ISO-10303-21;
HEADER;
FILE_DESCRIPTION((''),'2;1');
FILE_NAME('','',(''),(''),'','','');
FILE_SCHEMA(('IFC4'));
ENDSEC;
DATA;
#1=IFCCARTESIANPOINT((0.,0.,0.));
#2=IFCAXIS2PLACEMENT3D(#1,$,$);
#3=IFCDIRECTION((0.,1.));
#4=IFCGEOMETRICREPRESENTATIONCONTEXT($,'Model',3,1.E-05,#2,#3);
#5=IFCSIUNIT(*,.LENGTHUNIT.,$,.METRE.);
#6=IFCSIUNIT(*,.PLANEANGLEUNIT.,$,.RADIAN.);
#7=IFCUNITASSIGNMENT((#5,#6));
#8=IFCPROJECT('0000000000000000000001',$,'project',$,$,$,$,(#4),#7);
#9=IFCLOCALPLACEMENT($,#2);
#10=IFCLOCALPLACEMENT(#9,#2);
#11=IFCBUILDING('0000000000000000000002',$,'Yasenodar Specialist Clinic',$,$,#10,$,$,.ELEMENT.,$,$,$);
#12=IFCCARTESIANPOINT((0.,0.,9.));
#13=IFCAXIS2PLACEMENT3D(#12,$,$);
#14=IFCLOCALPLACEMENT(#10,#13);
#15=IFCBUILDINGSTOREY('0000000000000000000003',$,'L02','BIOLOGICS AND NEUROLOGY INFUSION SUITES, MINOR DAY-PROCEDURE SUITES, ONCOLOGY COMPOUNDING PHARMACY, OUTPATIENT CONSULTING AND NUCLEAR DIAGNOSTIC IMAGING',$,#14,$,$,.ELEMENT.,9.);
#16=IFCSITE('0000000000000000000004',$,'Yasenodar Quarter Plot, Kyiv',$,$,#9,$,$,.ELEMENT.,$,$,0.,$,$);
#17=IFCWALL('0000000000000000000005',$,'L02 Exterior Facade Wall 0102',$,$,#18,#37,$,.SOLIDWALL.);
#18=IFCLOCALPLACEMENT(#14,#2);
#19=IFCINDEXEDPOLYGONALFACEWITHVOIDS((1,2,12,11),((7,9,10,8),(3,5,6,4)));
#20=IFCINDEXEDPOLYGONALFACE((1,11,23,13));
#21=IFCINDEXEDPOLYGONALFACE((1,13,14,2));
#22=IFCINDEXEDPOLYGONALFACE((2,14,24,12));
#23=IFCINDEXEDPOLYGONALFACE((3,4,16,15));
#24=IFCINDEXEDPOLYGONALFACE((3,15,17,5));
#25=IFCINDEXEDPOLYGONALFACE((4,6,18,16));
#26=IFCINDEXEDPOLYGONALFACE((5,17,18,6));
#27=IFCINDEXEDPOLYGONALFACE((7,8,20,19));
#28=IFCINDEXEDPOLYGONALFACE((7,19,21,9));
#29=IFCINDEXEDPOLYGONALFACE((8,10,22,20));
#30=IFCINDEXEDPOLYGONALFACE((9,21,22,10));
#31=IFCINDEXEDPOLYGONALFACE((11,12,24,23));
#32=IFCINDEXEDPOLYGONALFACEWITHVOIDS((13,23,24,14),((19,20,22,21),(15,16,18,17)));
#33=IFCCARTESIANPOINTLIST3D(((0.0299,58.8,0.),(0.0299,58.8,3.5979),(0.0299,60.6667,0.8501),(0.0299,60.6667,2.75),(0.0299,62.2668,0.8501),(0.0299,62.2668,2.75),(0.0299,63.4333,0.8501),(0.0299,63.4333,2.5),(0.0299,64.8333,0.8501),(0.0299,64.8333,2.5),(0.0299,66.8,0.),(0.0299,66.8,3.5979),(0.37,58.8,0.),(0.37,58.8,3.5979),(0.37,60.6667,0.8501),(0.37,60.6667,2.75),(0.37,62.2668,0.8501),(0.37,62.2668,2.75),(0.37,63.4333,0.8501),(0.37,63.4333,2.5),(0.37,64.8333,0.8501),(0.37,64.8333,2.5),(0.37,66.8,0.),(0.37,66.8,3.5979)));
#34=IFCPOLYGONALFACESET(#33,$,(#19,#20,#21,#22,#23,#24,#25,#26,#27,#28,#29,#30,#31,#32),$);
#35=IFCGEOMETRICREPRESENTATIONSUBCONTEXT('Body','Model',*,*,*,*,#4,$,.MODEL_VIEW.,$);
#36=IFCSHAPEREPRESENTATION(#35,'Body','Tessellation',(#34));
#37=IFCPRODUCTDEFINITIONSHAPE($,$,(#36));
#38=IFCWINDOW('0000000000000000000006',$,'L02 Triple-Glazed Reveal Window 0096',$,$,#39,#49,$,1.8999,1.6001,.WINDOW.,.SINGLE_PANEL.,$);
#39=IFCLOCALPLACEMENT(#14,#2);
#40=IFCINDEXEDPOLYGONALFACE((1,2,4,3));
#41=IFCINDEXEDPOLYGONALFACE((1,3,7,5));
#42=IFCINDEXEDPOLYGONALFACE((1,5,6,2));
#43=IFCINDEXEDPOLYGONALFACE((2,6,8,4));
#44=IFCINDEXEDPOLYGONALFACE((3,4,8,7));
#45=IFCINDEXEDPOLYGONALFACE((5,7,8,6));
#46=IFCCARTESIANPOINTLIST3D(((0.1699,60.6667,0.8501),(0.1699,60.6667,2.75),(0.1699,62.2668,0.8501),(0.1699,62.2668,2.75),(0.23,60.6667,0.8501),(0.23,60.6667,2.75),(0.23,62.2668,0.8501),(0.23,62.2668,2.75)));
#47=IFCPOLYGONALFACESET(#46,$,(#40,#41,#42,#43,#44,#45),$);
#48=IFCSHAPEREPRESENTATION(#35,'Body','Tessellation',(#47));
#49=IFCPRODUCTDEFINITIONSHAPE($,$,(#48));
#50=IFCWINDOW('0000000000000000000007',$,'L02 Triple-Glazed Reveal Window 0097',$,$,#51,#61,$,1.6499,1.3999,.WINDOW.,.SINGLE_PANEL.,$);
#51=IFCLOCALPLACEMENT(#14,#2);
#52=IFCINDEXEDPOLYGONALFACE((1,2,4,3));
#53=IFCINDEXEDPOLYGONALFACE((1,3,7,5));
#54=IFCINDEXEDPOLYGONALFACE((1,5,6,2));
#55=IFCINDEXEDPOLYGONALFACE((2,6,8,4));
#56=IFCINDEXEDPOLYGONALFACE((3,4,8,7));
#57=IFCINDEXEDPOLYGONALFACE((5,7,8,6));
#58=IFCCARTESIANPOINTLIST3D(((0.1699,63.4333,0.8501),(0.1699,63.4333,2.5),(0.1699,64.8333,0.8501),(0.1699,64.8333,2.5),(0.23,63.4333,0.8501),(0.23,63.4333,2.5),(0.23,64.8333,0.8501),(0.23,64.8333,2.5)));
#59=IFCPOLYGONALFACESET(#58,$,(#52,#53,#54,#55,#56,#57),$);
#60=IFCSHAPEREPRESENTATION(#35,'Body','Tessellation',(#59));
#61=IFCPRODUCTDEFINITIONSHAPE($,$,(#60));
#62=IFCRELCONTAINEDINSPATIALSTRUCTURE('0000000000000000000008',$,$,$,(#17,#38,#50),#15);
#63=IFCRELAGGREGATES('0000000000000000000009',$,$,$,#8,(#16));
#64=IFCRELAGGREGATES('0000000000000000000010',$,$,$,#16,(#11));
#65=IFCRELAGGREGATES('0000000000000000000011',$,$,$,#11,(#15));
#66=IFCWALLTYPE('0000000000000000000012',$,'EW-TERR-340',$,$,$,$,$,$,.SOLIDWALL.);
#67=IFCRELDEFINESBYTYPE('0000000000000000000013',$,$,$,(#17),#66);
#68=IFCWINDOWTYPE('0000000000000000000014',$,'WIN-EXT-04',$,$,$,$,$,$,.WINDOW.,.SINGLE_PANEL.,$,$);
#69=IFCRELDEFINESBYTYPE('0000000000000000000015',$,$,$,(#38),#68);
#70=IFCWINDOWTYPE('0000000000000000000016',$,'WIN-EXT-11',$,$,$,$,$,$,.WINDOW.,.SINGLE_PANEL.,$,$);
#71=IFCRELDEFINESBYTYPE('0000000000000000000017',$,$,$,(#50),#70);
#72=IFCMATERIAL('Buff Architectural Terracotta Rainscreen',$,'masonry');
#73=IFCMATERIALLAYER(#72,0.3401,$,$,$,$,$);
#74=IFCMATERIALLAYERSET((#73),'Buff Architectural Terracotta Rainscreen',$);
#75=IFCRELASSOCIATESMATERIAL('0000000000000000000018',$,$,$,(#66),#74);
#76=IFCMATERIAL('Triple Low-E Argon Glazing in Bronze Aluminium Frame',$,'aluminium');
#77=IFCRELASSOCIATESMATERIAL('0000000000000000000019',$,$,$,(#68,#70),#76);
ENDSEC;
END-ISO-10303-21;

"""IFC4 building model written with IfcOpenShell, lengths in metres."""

from ifc_helpers import new_model, si_unit, direction, frame, frame_2d, origin, place, context, subcontext, project, spatial, rectangle, extrude, material, layer, layer_set, type_object, element, fill, save


model = new_model("IFC4")

# Units and contexts
model_context = context("Model", 3, precision=1e-05, world=origin(), true_north=direction((0.0, 1.0)))
body_context = subcontext(model_context, "Body", "Model", "MODEL_VIEW")
ifc_project = project(units=[si_unit("LENGTHUNIT", "METRE"), si_unit("PLANEANGLEUNIT", "RADIAN")], contexts=[model_context])

# Site, building, storey
site_placement = place(None, origin())
site = spatial("IfcSite", under=ifc_project, at=site_placement, Name="Yasenodar Quarter Plot, Kyiv", CompositionType="ELEMENT", RefElevation=0.0)
building_placement = place(site_placement, origin())
building = spatial("IfcBuilding", under=site, at=building_placement, Name="Yasenodar Specialist Clinic", CompositionType="ELEMENT")
storey_placement = place(building_placement, frame((0.0, 0.0, 9.0)))
storey = spatial("IfcBuildingStorey", under=building, at=storey_placement, Name="L02", Description="BIOLOGICS AND NEUROLOGY INFUSION SUITES, MINOR DAY-PROCEDURE SUITES, ONCOLOGY COMPOUNDING PHARMACY, OUTPATIENT CONSULTING AND NUCLEAR DIAGNOSTIC IMAGING", CompositionType="ELEMENT", Elevation=9.0)

# Wall, openings, windows
ifc_material_1 = material(Name="Buff Architectural Terracotta Rainscreen", Category="masonry")
ifc_layer = layer(ifc_material_1, 0.3401)
ifc_layer_set = layer_set([ifc_layer], Name="Buff Architectural Terracotta Rainscreen")
wall_type = type_object("IfcWallType", Name="EW-TERR-340", PredefinedType="SOLIDWALL", material=ifc_layer_set)
ifc_material_2 = material(Name="Triple Low-E Argon Glazing in Bronze Aluminium Frame", Category="aluminium")
wall_1_placement = place(storey_placement, frame((0.2, 58.8, 0.0), z_axis=(0.0, 0.0, 1.0), x_axis=(0.0, 1.0, 0.0)))
wall_1 = element("IfcWall", 1, at=wall_1_placement, inside=storey, type_object=wall_type, Name="L02 Exterior Facade Wall 0102", PredefinedType="SOLIDWALL", context=body_context, shape_type="SweptSolid", body=[
    extrude(rectangle(XDim=8.0, YDim=0.3401, at=frame_2d((4.0, 0.0))), origin(), (0.0, 0.0, 1.0), 3.5979),
])
opening_1_placement = place(wall_1_placement, frame((1.8667, 0.0, 0.8501)))
opening_1 = element("IfcOpeningElement", 2, at=opening_1_placement, cuts=wall_1, PredefinedType="OPENING", context=body_context, shape_type="SweptSolid", body=[
    extrude(rectangle(XDim=1.6001, YDim=1.8999, at=frame_2d((0.8, 0.95))), frame((0.0, 0.1802, 0.0), z_axis=(0.0, -1.0, 0.0), x_axis=(1.0, 0.0, 0.0)), (0.0, 0.0, 1.0), 0.3601),
])
opening_2_placement = place(wall_1_placement, frame((4.6333, 0.0, 0.8501)))
opening_2 = element("IfcOpeningElement", 3, at=opening_2_placement, cuts=wall_1, PredefinedType="OPENING", context=body_context, shape_type="SweptSolid", body=[
    extrude(rectangle(XDim=1.3999, YDim=1.6499, at=frame_2d((0.7, 0.825))), frame((0.0, 0.1802, 0.0), z_axis=(0.0, -1.0, 0.0), x_axis=(1.0, 0.0, 0.0)), (0.0, 0.0, 1.0), 0.3601),
])
window_type_1 = type_object("IfcWindowType", Name="WIN-EXT-04", PartitioningType="SINGLE_PANEL", PredefinedType="WINDOW", material=ifc_material_2)
window_1_placement = place(opening_1_placement, origin())
window_1 = element("IfcWindow", 4, at=window_1_placement, inside=storey, type_object=window_type_1, Name="L02 Triple-Glazed Reveal Window 0096", OverallHeight=1.8999, OverallWidth=1.6001, PartitioningType="SINGLE_PANEL", PredefinedType="WINDOW", context=body_context, shape_type="SweptSolid", body=[
    extrude(rectangle(XDim=1.6001, YDim=1.8999, at=frame_2d((0.8, 0.95))), frame((0.0, 0.03, 0.0), z_axis=(0.0, -1.0, 0.0), x_axis=(1.0, 0.0, 0.0)), (0.0, 0.0, 1.0), 0.0601),
])
fill(opening_1, window_1)
window_type_2 = type_object("IfcWindowType", Name="WIN-EXT-11", PartitioningType="SINGLE_PANEL", PredefinedType="WINDOW", material=ifc_material_2)
window_2_placement = place(opening_2_placement, origin())
window_2 = element("IfcWindow", 5, at=window_2_placement, inside=storey, type_object=window_type_2, Name="L02 Triple-Glazed Reveal Window 0097", OverallHeight=1.6499, OverallWidth=1.3999, PartitioningType="SINGLE_PANEL", PredefinedType="WINDOW", context=body_context, shape_type="SweptSolid", body=[
    extrude(rectangle(XDim=1.3999, YDim=1.6499, at=frame_2d((0.7, 0.825))), frame((0.0, 0.03, 0.0), z_axis=(0.0, -1.0, 0.0), x_axis=(1.0, 0.0, 0.0)), (0.0, 0.0, 1.0), 0.0601),
])
fill(opening_2, window_2)

save(model, "model.ifc")
